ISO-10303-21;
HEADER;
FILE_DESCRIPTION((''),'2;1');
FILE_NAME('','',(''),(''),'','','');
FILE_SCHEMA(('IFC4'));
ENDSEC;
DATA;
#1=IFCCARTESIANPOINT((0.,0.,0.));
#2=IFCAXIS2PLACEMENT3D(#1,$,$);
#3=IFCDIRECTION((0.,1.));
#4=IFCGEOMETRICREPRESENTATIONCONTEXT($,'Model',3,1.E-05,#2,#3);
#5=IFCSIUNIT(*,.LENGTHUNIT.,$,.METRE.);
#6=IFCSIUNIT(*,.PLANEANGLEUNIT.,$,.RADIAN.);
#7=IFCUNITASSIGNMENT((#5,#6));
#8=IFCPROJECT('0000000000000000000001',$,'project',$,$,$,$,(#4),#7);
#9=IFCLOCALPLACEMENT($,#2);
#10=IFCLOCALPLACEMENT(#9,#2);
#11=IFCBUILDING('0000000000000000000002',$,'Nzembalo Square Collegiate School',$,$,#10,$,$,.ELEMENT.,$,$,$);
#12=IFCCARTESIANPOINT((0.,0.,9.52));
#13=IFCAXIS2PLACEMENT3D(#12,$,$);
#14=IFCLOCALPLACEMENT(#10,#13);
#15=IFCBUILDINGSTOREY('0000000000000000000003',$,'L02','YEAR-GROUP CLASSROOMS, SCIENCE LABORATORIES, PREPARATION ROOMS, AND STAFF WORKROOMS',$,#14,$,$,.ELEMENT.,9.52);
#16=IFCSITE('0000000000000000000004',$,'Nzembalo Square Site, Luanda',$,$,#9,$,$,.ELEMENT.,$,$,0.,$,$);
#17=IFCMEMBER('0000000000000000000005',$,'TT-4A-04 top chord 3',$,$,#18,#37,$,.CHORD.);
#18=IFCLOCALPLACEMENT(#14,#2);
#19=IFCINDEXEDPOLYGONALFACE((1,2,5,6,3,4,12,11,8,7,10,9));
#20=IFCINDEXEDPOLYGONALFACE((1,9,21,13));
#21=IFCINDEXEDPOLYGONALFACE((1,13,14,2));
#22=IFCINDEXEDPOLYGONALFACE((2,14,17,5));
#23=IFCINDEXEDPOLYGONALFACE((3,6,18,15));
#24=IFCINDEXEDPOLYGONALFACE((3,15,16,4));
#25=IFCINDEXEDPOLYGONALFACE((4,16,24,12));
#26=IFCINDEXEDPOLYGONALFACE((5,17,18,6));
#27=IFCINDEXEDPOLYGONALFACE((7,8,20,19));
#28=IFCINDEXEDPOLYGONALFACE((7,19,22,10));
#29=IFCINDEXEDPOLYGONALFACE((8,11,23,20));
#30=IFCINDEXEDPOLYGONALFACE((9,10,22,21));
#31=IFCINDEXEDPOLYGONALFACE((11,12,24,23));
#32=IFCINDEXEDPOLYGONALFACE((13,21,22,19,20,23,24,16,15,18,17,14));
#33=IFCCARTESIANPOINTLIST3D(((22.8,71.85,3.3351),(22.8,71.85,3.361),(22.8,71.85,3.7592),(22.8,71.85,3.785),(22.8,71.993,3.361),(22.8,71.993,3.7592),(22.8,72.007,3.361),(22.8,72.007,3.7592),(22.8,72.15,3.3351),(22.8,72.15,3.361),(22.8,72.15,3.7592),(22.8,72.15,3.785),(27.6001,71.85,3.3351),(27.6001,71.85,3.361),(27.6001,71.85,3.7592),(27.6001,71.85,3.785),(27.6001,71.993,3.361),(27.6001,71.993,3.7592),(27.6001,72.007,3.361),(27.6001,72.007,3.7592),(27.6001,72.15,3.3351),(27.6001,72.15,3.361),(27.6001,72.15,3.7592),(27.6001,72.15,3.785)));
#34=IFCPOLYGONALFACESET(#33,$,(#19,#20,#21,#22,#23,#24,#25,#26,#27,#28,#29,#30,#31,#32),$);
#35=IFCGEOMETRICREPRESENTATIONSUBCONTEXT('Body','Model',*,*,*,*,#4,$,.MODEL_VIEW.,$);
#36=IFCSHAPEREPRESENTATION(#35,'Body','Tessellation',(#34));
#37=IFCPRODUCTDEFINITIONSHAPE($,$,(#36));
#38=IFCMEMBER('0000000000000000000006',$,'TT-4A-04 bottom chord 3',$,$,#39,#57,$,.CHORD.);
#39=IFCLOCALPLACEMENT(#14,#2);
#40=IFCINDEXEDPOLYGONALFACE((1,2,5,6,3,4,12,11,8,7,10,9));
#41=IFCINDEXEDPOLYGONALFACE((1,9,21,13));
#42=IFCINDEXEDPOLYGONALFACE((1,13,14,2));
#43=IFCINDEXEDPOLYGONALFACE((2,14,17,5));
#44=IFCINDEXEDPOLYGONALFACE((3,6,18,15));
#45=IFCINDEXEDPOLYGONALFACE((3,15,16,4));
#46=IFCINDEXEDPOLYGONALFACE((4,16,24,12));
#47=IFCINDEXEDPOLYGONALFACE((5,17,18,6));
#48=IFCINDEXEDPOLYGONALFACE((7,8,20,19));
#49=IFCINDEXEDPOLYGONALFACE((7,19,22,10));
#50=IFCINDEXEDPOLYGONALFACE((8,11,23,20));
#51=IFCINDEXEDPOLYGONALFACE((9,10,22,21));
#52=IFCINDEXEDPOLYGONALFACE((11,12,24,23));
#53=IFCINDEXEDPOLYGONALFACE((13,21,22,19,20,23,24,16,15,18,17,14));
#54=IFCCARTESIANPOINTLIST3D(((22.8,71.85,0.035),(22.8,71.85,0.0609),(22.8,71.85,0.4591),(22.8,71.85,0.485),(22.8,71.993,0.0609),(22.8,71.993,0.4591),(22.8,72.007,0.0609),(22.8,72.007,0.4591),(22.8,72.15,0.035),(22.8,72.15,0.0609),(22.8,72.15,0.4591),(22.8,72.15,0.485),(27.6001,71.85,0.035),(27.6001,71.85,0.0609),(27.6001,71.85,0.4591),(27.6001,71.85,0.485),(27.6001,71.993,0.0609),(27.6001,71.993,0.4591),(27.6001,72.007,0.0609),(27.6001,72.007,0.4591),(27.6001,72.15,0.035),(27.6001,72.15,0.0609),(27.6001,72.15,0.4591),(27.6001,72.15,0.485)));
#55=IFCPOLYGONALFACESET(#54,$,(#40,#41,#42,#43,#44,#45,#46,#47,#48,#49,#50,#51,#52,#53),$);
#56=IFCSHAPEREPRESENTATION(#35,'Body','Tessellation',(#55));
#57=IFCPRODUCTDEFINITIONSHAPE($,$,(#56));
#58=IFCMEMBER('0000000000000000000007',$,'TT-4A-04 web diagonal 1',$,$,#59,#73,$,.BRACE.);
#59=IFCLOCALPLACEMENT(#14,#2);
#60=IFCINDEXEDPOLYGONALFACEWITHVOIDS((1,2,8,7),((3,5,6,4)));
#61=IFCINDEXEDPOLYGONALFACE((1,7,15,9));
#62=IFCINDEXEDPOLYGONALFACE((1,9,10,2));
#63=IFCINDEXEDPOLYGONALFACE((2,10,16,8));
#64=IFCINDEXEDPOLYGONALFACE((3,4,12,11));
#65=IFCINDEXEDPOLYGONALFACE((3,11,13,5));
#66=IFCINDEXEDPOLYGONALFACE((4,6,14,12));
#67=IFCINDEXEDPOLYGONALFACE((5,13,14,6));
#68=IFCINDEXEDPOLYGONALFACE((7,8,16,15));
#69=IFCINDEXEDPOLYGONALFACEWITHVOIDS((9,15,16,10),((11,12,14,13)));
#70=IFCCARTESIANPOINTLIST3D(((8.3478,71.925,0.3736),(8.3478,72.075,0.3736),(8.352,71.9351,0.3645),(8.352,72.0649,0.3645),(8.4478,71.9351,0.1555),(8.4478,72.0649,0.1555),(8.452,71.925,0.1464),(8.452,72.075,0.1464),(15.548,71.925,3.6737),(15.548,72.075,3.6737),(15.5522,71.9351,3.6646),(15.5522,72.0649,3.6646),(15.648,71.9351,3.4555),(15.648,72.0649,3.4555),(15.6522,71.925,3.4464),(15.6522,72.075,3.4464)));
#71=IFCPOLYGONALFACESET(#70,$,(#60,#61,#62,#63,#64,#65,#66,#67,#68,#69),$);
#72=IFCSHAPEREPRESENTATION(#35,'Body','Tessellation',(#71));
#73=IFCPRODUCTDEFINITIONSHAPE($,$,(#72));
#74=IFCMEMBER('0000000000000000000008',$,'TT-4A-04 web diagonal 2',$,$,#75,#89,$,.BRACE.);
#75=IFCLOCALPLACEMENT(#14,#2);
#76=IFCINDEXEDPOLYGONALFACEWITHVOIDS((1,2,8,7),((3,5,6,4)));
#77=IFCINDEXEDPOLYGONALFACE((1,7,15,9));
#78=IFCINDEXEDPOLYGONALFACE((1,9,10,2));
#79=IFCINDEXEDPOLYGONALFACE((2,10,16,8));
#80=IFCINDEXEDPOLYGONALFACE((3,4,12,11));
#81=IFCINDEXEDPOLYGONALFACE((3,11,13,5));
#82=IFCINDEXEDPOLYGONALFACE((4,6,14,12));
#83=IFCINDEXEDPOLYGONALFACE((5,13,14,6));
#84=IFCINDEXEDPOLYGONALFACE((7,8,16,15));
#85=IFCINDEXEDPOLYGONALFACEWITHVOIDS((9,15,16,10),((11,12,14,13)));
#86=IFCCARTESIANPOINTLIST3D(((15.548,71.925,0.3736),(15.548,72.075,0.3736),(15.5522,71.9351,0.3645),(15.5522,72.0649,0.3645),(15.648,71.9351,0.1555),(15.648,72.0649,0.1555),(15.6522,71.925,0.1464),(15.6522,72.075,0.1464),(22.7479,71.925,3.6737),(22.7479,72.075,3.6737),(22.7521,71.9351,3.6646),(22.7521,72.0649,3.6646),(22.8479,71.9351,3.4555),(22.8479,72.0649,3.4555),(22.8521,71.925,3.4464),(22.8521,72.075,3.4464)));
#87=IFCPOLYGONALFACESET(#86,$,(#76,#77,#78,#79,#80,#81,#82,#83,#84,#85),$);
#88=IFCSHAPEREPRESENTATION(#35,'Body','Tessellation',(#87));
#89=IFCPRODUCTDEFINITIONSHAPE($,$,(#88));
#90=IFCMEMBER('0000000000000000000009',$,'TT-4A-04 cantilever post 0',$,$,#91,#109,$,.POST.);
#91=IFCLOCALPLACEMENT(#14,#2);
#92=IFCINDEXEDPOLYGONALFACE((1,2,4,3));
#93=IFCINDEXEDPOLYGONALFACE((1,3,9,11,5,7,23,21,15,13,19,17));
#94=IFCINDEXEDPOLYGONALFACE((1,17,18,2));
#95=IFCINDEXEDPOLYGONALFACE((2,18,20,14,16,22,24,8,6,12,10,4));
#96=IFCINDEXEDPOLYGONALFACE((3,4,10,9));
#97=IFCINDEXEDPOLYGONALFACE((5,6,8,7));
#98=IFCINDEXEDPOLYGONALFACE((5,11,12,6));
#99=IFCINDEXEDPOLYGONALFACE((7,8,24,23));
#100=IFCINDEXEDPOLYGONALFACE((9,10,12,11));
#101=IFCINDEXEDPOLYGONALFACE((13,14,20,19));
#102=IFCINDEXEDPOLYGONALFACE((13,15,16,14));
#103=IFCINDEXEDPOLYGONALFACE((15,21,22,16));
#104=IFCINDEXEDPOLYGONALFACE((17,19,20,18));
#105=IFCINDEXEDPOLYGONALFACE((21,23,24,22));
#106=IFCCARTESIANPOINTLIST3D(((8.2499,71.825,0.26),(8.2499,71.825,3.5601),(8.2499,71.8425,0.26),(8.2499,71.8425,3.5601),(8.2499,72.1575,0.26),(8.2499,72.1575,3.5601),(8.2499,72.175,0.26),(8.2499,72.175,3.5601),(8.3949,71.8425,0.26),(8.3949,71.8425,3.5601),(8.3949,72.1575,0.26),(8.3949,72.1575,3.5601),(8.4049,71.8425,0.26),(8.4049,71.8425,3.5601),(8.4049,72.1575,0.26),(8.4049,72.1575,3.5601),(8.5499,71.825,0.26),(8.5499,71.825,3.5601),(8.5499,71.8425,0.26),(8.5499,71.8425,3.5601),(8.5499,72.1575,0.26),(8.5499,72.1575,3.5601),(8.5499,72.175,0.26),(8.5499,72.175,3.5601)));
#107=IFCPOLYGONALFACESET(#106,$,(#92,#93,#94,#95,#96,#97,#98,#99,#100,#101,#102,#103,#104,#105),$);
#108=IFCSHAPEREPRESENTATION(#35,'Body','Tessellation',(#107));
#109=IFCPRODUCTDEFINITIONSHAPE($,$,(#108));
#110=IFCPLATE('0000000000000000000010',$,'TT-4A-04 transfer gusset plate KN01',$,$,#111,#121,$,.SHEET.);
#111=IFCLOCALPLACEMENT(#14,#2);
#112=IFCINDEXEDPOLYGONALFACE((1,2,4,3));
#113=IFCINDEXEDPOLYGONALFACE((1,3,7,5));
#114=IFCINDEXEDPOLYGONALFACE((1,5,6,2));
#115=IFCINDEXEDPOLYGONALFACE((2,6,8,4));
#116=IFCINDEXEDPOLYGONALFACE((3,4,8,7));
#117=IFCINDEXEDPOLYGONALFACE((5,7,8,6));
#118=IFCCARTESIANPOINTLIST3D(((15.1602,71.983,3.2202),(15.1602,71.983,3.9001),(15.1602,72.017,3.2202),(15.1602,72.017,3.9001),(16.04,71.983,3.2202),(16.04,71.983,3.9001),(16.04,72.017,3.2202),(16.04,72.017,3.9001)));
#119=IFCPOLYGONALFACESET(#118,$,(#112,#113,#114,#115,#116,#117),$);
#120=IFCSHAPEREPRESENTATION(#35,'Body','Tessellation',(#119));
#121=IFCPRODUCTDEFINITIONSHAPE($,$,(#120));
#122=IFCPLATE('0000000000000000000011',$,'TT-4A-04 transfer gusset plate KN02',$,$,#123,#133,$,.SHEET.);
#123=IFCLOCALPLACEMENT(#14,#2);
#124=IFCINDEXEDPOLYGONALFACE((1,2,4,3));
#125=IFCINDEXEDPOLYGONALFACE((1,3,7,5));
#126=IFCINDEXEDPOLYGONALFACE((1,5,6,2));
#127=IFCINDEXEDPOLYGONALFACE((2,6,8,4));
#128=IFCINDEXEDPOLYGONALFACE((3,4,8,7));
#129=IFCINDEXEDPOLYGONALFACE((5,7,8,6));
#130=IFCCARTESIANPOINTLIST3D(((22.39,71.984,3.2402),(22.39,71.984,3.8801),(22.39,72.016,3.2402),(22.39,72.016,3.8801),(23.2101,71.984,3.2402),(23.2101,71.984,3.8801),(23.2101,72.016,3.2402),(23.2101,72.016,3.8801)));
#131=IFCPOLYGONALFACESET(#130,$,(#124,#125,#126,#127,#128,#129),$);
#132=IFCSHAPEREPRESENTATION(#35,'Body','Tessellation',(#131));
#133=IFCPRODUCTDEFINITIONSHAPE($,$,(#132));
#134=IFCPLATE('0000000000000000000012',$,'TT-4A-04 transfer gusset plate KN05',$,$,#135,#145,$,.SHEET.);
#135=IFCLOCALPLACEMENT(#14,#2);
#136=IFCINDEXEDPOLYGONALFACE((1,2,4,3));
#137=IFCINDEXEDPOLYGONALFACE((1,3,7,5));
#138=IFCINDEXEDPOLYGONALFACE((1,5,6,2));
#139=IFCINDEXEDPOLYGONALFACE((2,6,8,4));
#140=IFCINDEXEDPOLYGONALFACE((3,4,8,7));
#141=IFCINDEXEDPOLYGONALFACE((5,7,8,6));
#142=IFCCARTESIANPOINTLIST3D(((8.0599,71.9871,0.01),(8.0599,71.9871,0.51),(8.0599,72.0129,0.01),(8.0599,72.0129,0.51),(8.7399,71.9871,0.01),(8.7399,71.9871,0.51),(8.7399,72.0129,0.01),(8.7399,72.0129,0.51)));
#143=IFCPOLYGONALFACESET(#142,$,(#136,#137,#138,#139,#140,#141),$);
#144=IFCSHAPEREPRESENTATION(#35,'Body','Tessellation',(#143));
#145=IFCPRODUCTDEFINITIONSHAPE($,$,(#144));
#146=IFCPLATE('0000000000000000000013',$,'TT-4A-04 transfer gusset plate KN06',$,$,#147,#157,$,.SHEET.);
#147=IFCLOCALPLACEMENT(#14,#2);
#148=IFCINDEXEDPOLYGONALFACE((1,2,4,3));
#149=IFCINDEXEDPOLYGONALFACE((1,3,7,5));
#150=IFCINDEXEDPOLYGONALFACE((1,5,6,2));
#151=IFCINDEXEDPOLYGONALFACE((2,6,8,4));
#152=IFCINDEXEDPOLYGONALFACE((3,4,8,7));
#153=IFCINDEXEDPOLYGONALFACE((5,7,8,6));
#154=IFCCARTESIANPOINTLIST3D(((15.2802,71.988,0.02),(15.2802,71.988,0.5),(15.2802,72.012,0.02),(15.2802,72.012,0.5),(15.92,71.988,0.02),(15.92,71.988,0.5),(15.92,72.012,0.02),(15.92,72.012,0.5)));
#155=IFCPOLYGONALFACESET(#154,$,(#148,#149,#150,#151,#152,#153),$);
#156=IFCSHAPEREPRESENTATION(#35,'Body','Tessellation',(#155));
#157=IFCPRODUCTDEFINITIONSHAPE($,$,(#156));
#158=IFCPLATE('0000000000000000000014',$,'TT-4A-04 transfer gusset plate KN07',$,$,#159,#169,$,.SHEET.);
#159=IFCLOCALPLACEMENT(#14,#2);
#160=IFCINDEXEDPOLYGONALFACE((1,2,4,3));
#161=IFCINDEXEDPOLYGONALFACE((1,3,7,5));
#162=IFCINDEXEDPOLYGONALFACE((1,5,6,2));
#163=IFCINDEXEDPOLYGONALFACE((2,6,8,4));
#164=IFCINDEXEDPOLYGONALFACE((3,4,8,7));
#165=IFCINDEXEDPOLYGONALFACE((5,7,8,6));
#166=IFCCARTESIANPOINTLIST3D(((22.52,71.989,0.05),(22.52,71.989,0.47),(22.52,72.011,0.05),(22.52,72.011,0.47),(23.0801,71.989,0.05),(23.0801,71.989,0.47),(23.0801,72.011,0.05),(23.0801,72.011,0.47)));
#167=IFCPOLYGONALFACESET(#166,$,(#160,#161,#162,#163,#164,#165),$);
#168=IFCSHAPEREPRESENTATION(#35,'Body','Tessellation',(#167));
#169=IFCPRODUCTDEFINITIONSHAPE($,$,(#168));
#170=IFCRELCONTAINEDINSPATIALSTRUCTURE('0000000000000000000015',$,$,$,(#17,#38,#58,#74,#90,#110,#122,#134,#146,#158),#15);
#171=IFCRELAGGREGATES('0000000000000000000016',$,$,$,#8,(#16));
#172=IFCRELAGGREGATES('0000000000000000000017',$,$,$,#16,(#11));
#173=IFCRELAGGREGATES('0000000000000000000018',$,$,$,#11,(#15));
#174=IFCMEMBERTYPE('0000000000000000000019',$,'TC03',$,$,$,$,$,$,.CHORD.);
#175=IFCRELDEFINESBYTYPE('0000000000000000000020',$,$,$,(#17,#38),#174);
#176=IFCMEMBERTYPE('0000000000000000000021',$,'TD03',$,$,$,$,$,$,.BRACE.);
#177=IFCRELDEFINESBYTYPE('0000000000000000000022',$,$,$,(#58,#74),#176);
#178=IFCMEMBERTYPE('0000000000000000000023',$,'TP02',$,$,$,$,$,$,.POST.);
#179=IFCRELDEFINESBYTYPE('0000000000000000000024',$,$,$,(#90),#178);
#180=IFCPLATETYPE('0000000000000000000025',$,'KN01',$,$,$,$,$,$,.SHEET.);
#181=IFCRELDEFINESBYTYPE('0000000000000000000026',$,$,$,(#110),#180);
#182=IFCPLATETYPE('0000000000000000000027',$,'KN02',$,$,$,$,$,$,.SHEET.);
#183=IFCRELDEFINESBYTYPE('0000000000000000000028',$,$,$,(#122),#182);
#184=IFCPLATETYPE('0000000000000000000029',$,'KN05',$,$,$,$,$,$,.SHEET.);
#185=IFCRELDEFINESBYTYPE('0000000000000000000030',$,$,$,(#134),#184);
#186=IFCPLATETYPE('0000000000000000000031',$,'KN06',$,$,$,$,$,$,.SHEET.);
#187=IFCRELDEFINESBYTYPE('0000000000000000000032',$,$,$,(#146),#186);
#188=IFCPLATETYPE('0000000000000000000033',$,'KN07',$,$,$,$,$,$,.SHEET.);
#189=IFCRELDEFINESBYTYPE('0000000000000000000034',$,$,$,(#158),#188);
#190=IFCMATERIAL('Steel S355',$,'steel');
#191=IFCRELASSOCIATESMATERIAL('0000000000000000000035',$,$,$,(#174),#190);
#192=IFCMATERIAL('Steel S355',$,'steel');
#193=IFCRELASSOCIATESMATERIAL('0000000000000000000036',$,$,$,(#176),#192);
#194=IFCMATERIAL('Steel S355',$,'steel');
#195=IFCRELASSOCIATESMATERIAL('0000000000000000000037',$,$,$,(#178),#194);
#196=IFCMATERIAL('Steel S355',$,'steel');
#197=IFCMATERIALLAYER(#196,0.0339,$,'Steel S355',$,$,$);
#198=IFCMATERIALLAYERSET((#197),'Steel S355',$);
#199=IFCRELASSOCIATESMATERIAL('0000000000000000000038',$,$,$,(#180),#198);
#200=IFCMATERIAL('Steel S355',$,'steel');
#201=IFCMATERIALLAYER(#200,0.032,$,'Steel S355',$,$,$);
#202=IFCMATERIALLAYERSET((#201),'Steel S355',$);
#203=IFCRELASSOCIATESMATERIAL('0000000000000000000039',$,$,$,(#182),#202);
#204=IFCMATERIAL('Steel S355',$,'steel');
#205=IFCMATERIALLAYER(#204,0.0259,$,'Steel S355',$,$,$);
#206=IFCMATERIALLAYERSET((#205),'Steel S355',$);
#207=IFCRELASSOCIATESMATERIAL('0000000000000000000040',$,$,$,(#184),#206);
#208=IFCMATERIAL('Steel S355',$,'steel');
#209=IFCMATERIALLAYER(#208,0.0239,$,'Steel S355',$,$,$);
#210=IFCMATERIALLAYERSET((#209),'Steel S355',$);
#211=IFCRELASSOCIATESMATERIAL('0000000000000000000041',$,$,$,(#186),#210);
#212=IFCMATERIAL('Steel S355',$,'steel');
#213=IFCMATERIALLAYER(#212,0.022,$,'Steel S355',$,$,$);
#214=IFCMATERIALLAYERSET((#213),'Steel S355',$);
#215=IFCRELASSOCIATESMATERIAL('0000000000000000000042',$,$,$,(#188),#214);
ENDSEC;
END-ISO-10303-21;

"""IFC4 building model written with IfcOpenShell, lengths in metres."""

from ifc_helpers import new_model, si_unit, direction, frame, origin, origin_2d, place, context, subcontext, project, spatial, rectangle, hollow_rectangle, i_section, extrude, material, layer, layer_set, material_profile, profile_set, type_object, element, save


model = new_model("IFC4")

# Units and contexts
model_context = context("Model", 3, precision=1e-05, world=origin(), true_north=direction((0.0, 1.0)))
body_context = subcontext(model_context, "Body", "Model", "MODEL_VIEW")
ifc_project = project(units=[si_unit("LENGTHUNIT", "METRE"), si_unit("PLANEANGLEUNIT", "RADIAN")], contexts=[model_context])

# Site, building, storey
site_placement = place(None, origin())
site = spatial("IfcSite", under=ifc_project, at=site_placement, Name="Nzembalo Square Site, Luanda", CompositionType="ELEMENT", RefElevation=0.0)
building_placement = place(site_placement, origin())
building = spatial("IfcBuilding", under=site, at=building_placement, Name="Nzembalo Square Collegiate School", CompositionType="ELEMENT")
storey_placement = place(building_placement, frame((0.0, 0.0, 9.52)))
storey = spatial("IfcBuildingStorey", under=building, at=storey_placement, Name="L02", Description="YEAR-GROUP CLASSROOMS, SCIENCE LABORATORIES, PREPARATION ROOMS, AND STAFF WORKROOMS", CompositionType="ELEMENT", Elevation=9.52)

# Members
ifc_material_1 = material(Name="Steel S355", Category="steel")
ifc_material_profile_1 = material_profile(ifc_material_1, i_section(OverallWidth=0.3, OverallDepth=0.45, WebThickness=0.0139, FlangeThickness=0.0259, at=origin_2d()), Name="HEB 450")
ifc_profile_set_1 = profile_set([ifc_material_profile_1], Name="Steel S355")
member_type_1 = type_object("IfcMemberType", Name="TC03", PredefinedType="CHORD", material=ifc_profile_set_1)
for number, where, z_axis, x_axis, name in (
    (1, (22.8, 72.0, 3.5601), (1.0, 0.0, 0.0), (0.0, 1.0, 0.0), "TT-4A-04 top chord 3"),
    (2, (22.8, 72.0, 0.26), (1.0, 0.0, 0.0), (0.0, 1.0, 0.0), "TT-4A-04 bottom chord 3"),
):
    element("IfcMember", number, at=place(storey_placement, frame(where, z_axis=z_axis, x_axis=x_axis)), inside=storey, type_object=member_type_1, Name=name, PredefinedType="CHORD", context=body_context, shape_type="SweptSolid", body=[
        extrude(i_section(OverallWidth=0.3, OverallDepth=0.45, WebThickness=0.0139, FlangeThickness=0.0259, at=origin_2d()), origin(), (0.0, 0.0, 1.0), 4.8),
    ])
ifc_material_2 = material(Name="Steel S355", Category="steel")
ifc_material_profile_2 = material_profile(ifc_material_2, hollow_rectangle(XDim=0.1499, YDim=0.25, WallThickness=0.01, at=origin_2d()), Name="RHS 250x150x10")
ifc_profile_set_2 = profile_set([ifc_material_profile_2], Name="Steel S355")
member_type_2 = type_object("IfcMemberType", Name="TD03", PredefinedType="BRACE", material=ifc_profile_set_2)
member_1_placement = place(storey_placement, frame((8.3999, 72.0, 0.26), z_axis=(0.909067, 0.0, 0.41665), x_axis=(0.0, 1.0, 0.0)))
element("IfcMember", 3, at=member_1_placement, inside=storey, type_object=member_type_2, Name="TT-4A-04 web diagonal 1", PredefinedType="BRACE", context=body_context, shape_type="SweptSolid", body=[
    extrude(hollow_rectangle(XDim=0.1499, YDim=0.25, WallThickness=0.01, at=origin_2d()), origin(), (0.0, 0.0, 1.0), 7.9204),
])
member_2_placement = place(storey_placement, frame((15.6001, 72.0, 0.26), z_axis=(0.909061, 0.0, 0.416662), x_axis=(0.0, 1.0, 0.0)))
element("IfcMember", 4, at=member_2_placement, inside=storey, type_object=member_type_2, Name="TT-4A-04 web diagonal 2", PredefinedType="BRACE", context=body_context, shape_type="SweptSolid", body=[
    extrude(hollow_rectangle(XDim=0.1499, YDim=0.25, WallThickness=0.01, at=origin_2d()), origin(), (0.0, 0.0, 1.0), 7.9202),
])
ifc_material_3 = material(Name="Steel S355", Category="steel")
ifc_material_profile_3 = material_profile(ifc_material_3, i_section(OverallWidth=0.3, OverallDepth=0.3501, WebThickness=0.01, FlangeThickness=0.0176, at=origin_2d()), Name="HEA 360")
ifc_profile_set_3 = profile_set([ifc_material_profile_3], Name="Steel S355")
member_type_3 = type_object("IfcMemberType", Name="TP02", PredefinedType="POST", material=ifc_profile_set_3)
member_3_placement = place(storey_placement, frame((8.3999, 72.0, 0.26), z_axis=(0.0, 0.0, 1.0), x_axis=(1.0, 0.0, 0.0)))
element("IfcMember", 5, at=member_3_placement, inside=storey, type_object=member_type_3, Name="TT-4A-04 cantilever post 0", PredefinedType="POST", context=body_context, shape_type="SweptSolid", body=[
    extrude(i_section(OverallWidth=0.3, OverallDepth=0.3501, WebThickness=0.01, FlangeThickness=0.0176, at=origin_2d()), origin(), (0.0, 0.0, 1.0), 3.3),
])

# Plates
ifc_material_4 = material(Name="Steel S355", Category="steel")
ifc_layer_1 = layer(ifc_material_4, 0.0339, Name="Steel S355")
ifc_layer_set_1 = layer_set([ifc_layer_1], Name="Steel S355")
plate_type_1 = type_object("IfcPlateType", Name="KN01", PredefinedType="SHEET", material=ifc_layer_set_1)
plate_1_placement = place(storey_placement, frame((15.6001, 72.0, 3.2202), z_axis=(0.0, 0.0, 1.0), x_axis=(1.0, 0.0, 0.0)))
element("IfcPlate", 6, at=plate_1_placement, inside=storey, type_object=plate_type_1, Name="TT-4A-04 transfer gusset plate KN01", PredefinedType="SHEET", context=body_context, shape_type="SweptSolid", body=[
    extrude(rectangle(XDim=0.8799, YDim=0.0339, at=origin_2d()), origin(), (0.0, 0.0, 1.0), 0.6799),
])
ifc_material_5 = material(Name="Steel S355", Category="steel")
ifc_layer_2 = layer(ifc_material_5, 0.032, Name="Steel S355")
ifc_layer_set_2 = layer_set([ifc_layer_2], Name="Steel S355")
plate_type_2 = type_object("IfcPlateType", Name="KN02", PredefinedType="SHEET", material=ifc_layer_set_2)
plate_2_placement = place(storey_placement, frame((22.8, 72.0, 3.2402), z_axis=(0.0, 0.0, 1.0), x_axis=(1.0, 0.0, 0.0)))
element("IfcPlate", 7, at=plate_2_placement, inside=storey, type_object=plate_type_2, Name="TT-4A-04 transfer gusset plate KN02", PredefinedType="SHEET", context=body_context, shape_type="SweptSolid", body=[
    extrude(rectangle(XDim=0.8201, YDim=0.032, at=origin_2d()), origin(), (0.0, 0.0, 1.0), 0.6399),
])
ifc_material_6 = material(Name="Steel S355", Category="steel")
ifc_layer_3 = layer(ifc_material_6, 0.0259, Name="Steel S355")
ifc_layer_set_3 = layer_set([ifc_layer_3], Name="Steel S355")
plate_type_3 = type_object("IfcPlateType", Name="KN05", PredefinedType="SHEET", material=ifc_layer_set_3)
plate_3_placement = place(storey_placement, frame((8.3999, 72.0, 0.01), z_axis=(0.0, 0.0, 1.0), x_axis=(1.0, 0.0, 0.0)))
element("IfcPlate", 8, at=plate_3_placement, inside=storey, type_object=plate_type_3, Name="TT-4A-04 transfer gusset plate KN05", PredefinedType="SHEET", context=body_context, shape_type="SweptSolid", body=[
    extrude(rectangle(XDim=0.6799, YDim=0.0259, at=origin_2d()), origin(), (0.0, 0.0, 1.0), 0.5),
])
ifc_material_7 = material(Name="Steel S355", Category="steel")
ifc_layer_4 = layer(ifc_material_7, 0.0239, Name="Steel S355")
ifc_layer_set_4 = layer_set([ifc_layer_4], Name="Steel S355")
plate_type_4 = type_object("IfcPlateType", Name="KN06", PredefinedType="SHEET", material=ifc_layer_set_4)
plate_4_placement = place(storey_placement, frame((15.6001, 72.0, 0.02), z_axis=(0.0, 0.0, 1.0), x_axis=(1.0, 0.0, 0.0)))
element("IfcPlate", 9, at=plate_4_placement, inside=storey, type_object=plate_type_4, Name="TT-4A-04 transfer gusset plate KN06", PredefinedType="SHEET", context=body_context, shape_type="SweptSolid", body=[
    extrude(rectangle(XDim=0.6399, YDim=0.0239, at=origin_2d()), origin(), (0.0, 0.0, 1.0), 0.48),
])
ifc_material_8 = material(Name="Steel S355", Category="steel")
ifc_layer_5 = layer(ifc_material_8, 0.022, Name="Steel S355")
ifc_layer_set_5 = layer_set([ifc_layer_5], Name="Steel S355")
plate_type_5 = type_object("IfcPlateType", Name="KN07", PredefinedType="SHEET", material=ifc_layer_set_5)
plate_5_placement = place(storey_placement, frame((22.8, 72.0, 0.05), z_axis=(0.0, 0.0, 1.0), x_axis=(1.0, 0.0, 0.0)))
element("IfcPlate", 10, at=plate_5_placement, inside=storey, type_object=plate_type_5, Name="TT-4A-04 transfer gusset plate KN07", PredefinedType="SHEET", context=body_context, shape_type="SweptSolid", body=[
    extrude(rectangle(XDim=0.5601, YDim=0.022, at=origin_2d()), origin(), (0.0, 0.0, 1.0), 0.4199),
])

save(model, "model.ifc")
